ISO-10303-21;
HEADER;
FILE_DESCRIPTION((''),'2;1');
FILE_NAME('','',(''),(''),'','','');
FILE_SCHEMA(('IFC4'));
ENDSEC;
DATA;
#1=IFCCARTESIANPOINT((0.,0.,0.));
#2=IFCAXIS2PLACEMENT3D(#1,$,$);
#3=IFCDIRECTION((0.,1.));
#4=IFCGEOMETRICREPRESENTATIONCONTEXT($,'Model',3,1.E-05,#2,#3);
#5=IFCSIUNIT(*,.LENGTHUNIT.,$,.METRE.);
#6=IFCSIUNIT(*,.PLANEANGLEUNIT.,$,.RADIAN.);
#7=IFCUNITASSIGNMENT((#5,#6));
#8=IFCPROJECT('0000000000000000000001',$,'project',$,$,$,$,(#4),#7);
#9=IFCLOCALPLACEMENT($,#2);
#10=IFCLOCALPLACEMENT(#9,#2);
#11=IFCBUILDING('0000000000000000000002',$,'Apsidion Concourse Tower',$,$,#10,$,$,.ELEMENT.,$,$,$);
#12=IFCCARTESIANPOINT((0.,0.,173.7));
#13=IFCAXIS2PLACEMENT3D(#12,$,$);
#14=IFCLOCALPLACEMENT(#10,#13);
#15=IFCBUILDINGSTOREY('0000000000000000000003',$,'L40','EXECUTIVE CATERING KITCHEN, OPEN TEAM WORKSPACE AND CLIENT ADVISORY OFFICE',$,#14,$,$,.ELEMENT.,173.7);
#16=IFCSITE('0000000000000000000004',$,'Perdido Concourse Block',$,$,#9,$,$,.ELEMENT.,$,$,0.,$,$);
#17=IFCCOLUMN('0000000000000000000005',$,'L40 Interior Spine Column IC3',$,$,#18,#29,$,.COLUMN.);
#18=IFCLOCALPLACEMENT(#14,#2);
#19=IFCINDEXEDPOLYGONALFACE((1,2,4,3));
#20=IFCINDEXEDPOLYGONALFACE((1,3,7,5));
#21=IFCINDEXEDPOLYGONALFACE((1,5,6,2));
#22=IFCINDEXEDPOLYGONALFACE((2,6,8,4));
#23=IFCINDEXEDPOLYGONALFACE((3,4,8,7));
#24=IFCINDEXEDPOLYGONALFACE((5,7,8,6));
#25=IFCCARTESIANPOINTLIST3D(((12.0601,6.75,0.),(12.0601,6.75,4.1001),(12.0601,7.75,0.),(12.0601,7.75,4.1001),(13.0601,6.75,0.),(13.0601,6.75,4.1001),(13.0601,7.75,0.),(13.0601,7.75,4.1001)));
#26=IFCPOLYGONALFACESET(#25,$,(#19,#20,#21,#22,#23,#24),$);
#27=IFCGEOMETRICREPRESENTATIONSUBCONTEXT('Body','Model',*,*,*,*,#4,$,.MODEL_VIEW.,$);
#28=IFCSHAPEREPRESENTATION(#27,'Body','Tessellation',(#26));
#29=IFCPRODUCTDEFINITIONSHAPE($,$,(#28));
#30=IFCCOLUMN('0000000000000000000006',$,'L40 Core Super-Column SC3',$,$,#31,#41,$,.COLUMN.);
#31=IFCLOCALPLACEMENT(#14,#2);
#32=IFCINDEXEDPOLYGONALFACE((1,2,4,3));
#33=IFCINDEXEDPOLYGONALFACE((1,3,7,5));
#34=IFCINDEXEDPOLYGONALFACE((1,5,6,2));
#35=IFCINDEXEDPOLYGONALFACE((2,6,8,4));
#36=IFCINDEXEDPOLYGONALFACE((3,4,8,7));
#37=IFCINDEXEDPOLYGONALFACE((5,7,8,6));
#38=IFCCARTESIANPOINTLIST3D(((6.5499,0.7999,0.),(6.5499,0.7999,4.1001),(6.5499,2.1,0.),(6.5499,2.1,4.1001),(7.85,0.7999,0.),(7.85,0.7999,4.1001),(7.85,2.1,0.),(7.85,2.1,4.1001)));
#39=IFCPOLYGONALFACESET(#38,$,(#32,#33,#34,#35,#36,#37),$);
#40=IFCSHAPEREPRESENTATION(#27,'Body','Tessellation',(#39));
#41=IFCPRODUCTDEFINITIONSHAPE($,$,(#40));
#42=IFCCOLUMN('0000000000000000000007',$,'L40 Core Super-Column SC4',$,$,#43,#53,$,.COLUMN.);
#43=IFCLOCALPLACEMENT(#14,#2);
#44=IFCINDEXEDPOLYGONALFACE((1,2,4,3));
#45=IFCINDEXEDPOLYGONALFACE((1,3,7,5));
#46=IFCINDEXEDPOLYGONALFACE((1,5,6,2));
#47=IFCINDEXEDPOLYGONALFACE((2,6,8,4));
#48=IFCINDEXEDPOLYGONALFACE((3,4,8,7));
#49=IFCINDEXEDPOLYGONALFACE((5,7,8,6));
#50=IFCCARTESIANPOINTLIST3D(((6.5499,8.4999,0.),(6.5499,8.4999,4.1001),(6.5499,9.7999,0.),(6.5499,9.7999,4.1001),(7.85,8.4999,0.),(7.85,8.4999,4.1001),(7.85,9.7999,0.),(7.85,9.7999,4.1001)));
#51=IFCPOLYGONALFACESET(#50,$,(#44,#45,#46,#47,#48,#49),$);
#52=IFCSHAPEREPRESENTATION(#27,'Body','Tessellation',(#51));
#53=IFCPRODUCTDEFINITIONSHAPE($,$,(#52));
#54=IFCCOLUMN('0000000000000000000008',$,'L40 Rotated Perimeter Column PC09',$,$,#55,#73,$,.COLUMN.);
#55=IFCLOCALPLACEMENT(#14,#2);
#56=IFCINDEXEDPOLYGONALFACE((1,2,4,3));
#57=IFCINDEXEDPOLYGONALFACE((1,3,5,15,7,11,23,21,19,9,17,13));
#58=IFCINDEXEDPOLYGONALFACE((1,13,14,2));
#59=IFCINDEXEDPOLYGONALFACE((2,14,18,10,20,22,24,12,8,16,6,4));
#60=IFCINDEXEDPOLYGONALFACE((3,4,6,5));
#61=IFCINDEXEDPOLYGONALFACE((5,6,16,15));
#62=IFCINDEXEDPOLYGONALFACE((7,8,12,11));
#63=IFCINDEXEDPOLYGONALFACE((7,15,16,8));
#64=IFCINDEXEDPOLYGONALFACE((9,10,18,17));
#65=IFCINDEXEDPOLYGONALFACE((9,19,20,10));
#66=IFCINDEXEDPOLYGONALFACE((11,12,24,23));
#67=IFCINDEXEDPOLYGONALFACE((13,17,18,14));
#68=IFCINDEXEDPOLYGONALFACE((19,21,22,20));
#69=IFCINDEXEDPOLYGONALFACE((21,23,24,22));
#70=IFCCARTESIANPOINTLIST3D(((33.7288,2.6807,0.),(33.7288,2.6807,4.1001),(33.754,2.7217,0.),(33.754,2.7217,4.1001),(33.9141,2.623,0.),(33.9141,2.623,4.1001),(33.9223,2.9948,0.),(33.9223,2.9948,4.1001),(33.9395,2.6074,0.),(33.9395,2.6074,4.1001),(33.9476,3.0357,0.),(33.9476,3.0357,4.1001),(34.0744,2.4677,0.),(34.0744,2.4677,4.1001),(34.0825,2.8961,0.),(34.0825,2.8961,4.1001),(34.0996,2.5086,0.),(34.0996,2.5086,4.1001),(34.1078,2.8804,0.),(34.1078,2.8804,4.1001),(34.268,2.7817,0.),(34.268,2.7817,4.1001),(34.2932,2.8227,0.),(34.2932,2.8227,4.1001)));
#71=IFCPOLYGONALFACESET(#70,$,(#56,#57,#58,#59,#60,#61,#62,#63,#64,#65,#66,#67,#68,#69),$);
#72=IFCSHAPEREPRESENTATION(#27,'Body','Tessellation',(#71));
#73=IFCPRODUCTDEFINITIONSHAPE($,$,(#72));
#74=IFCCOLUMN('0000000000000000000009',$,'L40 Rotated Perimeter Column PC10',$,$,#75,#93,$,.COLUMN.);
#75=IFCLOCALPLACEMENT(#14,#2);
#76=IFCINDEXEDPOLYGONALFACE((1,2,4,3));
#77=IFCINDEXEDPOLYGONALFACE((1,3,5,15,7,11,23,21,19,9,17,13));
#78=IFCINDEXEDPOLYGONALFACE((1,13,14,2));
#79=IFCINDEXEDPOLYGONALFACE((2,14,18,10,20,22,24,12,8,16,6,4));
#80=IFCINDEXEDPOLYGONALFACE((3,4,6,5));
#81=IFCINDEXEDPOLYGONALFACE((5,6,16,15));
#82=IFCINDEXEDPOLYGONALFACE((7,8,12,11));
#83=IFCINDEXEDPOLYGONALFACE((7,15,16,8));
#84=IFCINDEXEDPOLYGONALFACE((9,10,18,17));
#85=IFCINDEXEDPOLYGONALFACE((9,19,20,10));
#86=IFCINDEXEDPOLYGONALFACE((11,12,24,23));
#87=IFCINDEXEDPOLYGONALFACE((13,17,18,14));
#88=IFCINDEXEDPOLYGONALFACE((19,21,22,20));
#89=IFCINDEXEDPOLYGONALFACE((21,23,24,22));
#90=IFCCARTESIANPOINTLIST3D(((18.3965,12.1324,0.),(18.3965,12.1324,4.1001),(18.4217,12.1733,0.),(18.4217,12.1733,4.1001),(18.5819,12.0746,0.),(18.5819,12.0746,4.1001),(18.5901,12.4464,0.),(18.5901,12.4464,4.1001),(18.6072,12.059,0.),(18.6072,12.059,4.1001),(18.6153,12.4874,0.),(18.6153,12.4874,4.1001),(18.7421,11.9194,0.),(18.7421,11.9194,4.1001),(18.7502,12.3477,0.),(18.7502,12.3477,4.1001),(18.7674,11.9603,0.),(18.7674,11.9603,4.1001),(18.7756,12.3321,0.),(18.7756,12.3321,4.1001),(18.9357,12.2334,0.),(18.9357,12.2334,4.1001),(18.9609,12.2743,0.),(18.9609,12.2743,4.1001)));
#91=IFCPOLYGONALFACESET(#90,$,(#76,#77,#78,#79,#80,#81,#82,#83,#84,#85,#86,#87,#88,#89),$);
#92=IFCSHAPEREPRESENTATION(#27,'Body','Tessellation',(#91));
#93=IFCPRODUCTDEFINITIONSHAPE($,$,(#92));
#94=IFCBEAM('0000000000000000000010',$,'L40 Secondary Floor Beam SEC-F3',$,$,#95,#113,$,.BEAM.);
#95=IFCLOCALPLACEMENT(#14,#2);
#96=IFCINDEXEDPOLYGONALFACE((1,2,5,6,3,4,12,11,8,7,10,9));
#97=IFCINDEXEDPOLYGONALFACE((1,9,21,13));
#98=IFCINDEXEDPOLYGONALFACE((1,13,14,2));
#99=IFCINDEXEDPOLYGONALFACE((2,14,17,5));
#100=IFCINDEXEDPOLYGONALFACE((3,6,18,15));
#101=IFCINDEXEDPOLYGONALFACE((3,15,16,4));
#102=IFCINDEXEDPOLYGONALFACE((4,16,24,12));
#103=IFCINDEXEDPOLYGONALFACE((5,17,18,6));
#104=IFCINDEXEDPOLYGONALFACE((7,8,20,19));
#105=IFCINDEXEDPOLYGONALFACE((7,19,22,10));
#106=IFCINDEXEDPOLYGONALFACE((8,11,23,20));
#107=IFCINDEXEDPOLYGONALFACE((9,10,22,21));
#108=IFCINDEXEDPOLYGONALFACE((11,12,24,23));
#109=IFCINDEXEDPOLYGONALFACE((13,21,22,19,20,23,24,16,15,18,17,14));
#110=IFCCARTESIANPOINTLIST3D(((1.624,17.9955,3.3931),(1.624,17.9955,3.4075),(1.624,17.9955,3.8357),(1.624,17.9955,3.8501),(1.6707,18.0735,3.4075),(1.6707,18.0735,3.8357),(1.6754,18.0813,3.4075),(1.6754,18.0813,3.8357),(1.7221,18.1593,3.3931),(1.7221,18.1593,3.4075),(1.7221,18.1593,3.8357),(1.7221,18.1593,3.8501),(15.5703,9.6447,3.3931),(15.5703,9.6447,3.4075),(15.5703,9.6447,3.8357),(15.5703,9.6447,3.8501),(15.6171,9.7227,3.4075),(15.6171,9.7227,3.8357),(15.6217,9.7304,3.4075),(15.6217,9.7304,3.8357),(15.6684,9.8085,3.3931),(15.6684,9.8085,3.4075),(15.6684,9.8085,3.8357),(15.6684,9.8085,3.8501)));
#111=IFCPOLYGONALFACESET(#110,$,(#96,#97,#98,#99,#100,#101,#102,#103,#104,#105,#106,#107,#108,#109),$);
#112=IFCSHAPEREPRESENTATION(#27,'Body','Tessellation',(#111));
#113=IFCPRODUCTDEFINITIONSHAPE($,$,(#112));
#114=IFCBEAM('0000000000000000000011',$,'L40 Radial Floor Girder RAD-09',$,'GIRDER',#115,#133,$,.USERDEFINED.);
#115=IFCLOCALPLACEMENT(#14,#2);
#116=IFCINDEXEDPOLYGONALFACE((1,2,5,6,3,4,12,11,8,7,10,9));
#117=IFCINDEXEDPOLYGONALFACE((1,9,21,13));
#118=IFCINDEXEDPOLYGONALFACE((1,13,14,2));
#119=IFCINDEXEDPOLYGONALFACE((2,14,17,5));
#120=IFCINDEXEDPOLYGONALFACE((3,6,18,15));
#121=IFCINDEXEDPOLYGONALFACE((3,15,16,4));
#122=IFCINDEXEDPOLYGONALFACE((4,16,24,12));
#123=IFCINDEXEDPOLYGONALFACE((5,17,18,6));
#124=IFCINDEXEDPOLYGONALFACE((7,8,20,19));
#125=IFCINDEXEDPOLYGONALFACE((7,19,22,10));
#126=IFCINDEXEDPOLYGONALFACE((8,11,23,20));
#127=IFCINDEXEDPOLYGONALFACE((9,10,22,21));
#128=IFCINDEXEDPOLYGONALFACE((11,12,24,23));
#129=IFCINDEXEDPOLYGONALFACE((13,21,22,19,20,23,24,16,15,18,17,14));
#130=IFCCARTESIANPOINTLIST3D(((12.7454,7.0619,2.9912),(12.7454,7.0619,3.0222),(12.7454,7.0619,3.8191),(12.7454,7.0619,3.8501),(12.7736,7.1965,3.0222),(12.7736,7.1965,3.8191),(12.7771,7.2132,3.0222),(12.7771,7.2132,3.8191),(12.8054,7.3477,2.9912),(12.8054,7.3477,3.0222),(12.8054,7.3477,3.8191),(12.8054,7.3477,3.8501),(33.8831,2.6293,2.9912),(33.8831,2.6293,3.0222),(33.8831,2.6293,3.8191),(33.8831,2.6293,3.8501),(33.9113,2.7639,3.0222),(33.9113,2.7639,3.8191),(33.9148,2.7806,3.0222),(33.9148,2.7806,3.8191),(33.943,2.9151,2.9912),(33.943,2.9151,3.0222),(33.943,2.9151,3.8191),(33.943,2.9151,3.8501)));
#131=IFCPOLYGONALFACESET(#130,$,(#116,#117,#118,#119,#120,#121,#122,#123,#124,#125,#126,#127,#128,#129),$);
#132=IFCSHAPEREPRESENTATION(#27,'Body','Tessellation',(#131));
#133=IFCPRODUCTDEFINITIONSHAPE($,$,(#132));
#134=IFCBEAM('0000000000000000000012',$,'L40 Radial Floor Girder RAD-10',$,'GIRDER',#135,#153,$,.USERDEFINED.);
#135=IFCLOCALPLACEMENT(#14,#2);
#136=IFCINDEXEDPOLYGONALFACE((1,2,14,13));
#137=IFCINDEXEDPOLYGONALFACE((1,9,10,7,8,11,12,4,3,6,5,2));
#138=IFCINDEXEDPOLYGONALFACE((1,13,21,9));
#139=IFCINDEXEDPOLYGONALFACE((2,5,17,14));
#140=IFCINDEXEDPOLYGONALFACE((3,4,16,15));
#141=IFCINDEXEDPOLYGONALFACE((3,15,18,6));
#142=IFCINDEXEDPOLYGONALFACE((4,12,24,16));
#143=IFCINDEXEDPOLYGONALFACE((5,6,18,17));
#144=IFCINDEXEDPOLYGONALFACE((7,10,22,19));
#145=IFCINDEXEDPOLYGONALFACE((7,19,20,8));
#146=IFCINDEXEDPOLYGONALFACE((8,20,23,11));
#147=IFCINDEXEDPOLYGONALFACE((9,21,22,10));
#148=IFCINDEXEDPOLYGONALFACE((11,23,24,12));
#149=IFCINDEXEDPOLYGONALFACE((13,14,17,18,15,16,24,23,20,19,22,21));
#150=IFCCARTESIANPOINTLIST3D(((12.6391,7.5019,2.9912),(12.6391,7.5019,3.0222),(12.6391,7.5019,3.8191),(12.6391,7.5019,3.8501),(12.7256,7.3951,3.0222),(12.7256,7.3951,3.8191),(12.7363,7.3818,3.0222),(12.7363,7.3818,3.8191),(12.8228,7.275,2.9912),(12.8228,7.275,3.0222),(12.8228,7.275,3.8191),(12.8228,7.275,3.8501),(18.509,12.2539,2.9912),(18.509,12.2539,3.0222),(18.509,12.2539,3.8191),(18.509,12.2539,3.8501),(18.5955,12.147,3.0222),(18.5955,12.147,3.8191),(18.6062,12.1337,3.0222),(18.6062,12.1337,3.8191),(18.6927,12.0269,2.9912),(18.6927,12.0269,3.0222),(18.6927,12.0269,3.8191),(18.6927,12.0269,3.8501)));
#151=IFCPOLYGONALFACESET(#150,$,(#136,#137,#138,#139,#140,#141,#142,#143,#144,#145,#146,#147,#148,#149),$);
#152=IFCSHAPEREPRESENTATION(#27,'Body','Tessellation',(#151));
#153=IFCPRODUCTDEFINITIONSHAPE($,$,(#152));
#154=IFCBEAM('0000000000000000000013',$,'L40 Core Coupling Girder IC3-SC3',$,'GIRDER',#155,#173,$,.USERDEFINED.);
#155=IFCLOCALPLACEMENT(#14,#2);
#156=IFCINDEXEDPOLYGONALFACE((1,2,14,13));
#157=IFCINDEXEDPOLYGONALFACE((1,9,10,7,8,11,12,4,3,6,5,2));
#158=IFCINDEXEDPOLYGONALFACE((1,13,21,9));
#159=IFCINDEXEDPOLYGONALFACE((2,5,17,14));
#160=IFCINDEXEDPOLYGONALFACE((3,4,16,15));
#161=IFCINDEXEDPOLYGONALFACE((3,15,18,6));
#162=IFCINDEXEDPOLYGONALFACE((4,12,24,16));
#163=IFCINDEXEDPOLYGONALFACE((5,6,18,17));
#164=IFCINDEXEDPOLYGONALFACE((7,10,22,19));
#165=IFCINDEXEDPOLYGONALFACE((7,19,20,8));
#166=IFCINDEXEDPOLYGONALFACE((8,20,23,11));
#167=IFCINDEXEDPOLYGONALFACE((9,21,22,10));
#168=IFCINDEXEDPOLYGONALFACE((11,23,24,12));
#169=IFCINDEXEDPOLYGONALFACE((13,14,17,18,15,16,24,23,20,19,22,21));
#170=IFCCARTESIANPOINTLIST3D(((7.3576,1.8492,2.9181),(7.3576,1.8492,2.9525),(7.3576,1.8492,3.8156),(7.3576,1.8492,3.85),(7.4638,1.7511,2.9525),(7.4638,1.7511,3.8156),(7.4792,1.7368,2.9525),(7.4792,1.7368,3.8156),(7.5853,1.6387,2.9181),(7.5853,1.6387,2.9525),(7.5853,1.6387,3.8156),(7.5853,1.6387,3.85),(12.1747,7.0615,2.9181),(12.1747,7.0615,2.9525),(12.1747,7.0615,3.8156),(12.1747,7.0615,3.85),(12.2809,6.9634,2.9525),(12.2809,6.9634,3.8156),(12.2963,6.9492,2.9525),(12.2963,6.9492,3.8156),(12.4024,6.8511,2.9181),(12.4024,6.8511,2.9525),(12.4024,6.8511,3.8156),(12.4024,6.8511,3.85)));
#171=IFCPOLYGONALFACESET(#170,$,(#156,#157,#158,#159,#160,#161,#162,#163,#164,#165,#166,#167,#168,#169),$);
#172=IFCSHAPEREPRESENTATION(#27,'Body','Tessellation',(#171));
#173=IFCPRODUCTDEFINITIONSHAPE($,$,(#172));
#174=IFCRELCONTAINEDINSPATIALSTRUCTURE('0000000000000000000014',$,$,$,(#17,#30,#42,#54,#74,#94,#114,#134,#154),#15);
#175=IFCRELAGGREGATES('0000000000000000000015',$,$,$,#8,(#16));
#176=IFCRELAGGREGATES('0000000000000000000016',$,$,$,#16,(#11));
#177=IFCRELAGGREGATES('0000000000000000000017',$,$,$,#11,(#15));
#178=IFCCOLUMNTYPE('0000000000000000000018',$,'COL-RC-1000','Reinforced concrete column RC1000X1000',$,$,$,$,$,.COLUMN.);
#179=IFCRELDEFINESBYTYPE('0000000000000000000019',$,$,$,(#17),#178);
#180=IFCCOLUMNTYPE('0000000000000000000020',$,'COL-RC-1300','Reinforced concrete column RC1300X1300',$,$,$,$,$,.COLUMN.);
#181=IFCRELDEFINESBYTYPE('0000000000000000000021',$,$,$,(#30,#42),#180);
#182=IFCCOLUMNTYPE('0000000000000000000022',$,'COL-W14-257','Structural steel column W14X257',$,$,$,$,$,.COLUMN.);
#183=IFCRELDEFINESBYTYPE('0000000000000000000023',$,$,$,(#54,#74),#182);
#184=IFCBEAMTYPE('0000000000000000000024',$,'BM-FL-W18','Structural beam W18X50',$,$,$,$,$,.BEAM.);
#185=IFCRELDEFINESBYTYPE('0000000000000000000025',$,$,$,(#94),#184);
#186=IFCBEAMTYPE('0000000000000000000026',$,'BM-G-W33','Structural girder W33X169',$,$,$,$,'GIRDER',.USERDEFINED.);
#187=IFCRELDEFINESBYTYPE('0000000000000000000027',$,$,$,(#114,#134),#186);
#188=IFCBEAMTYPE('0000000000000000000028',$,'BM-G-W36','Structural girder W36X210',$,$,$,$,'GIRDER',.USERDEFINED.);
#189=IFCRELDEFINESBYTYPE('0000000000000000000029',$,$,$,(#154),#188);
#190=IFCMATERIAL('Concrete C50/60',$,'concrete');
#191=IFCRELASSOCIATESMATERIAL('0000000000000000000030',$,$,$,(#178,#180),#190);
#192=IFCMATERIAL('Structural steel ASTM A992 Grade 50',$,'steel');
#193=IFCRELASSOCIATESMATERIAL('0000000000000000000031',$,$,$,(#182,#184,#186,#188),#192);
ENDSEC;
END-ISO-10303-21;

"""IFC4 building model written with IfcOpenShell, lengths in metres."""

from ifc_helpers import new_model, si_unit, direction, frame, origin, origin_2d, place, context, subcontext, project, spatial, rectangle, i_section, extrude, material, material_profile, profile_set, type_object, element, save


model = new_model("IFC4")

# Units and contexts
model_context = context("Model", 3, precision=1e-05, world=origin(), true_north=direction((0.0, 1.0)))
body_context = subcontext(model_context, "Body", "Model", "MODEL_VIEW")
ifc_project = project(units=[si_unit("LENGTHUNIT", "METRE"), si_unit("PLANEANGLEUNIT", "RADIAN")], contexts=[model_context])

# Site, building, storey
site_placement = place(None, origin())
site = spatial("IfcSite", under=ifc_project, at=site_placement, Name="Perdido Concourse Block", CompositionType="ELEMENT", RefElevation=0.0)
building_placement = place(site_placement, origin())
building = spatial("IfcBuilding", under=site, at=building_placement, Name="Apsidion Concourse Tower", CompositionType="ELEMENT")
storey_placement = place(building_placement, frame((0.0, 0.0, 173.7)))
storey = spatial("IfcBuildingStorey", under=building, at=storey_placement, Name="L40", Description="EXECUTIVE CATERING KITCHEN, OPEN TEAM WORKSPACE AND CLIENT ADVISORY OFFICE", CompositionType="ELEMENT", Elevation=173.7)

# Columns
ifc_material_1 = material(Name="Concrete C50/60", Category="concrete")
ifc_material_profile_1 = material_profile(ifc_material_1, rectangle(XDim=1.0, YDim=1.0, at=origin_2d()), Name="RC 1000x1000")
ifc_profile_set_1 = profile_set([ifc_material_profile_1], Name="Concrete C50/60")
column_type_1 = type_object("IfcColumnType", Name="COL-RC-1000", Description="Reinforced concrete column RC1000X1000", PredefinedType="COLUMN", material=ifc_profile_set_1)
column_placement = place(storey_placement, frame((12.5601, 7.25, 0.0), z_axis=(0.0, 0.0, 1.0), x_axis=(1.0, 0.0, 0.0)))
element("IfcColumn", 1, at=column_placement, inside=storey, type_object=column_type_1, Name="L40 Interior Spine Column IC3", PredefinedType="COLUMN", context=body_context, shape_type="SweptSolid", body=[
    extrude(rectangle(XDim=1.0, YDim=1.0, at=origin_2d()), origin(), (0.0, 0.0, 1.0), 4.1001),
])
ifc_material_profile_2 = material_profile(ifc_material_1, rectangle(XDim=1.3, YDim=1.3, at=origin_2d()), Name="RC 1300x1300")
ifc_profile_set_2 = profile_set([ifc_material_profile_2], Name="Concrete C50/60")
column_type_2 = type_object("IfcColumnType", Name="COL-RC-1300", Description="Reinforced concrete column RC1300X1300", PredefinedType="COLUMN", material=ifc_profile_set_2)
for number, where, z_axis, x_axis, name in (
    (2, (7.2, 1.45, 0.0), (0.0, 0.0, 1.0), (1.0, 0.0, 0.0), "L40 Core Super-Column SC3"),
    (3, (7.2, 9.1499, 0.0), (0.0, 0.0, 1.0), (1.0, 0.0, 0.0), "L40 Core Super-Column SC4"),
):
    element("IfcColumn", number, at=place(storey_placement, frame(where, z_axis=z_axis, x_axis=x_axis)), inside=storey, type_object=column_type_2, Name=name, PredefinedType="COLUMN", context=body_context, shape_type="SweptSolid", body=[
        extrude(rectangle(XDim=1.3, YDim=1.3, at=origin_2d()), origin(), (0.0, 0.0, 1.0), 4.1001),
    ])
ifc_material_2 = material(Name="Structural steel ASTM A992 Grade 50", Category="steel")
ifc_material_profile_3 = material_profile(ifc_material_2, i_section(OverallWidth=0.406, OverallDepth=0.417, WebThickness=0.0298, FlangeThickness=0.0481, at=origin_2d()), Name="W14X257")
ifc_profile_set_3 = profile_set([ifc_material_profile_3], Name="Structural steel ASTM A992 Grade 50")
column_type_3 = type_object("IfcColumnType", Name="COL-W14-257", Description="Structural steel column W14X257", PredefinedType="COLUMN", material=ifc_profile_set_3)
for number, where, z_axis, x_axis, name in (
    (4, (34.011, 2.7517, 0.0), (0.0, 0.0, 1.0), (-0.851269, 0.524729, 0.0), "L40 Rotated Perimeter Column PC09"),
    (5, (18.6787, 12.2034, 0.0), (0.0, 0.0, 1.0), (-0.851269, 0.524729, 0.0), "L40 Rotated Perimeter Column PC10"),
):
    element("IfcColumn", number, at=place(storey_placement, frame(where, z_axis=z_axis, x_axis=x_axis)), inside=storey, type_object=column_type_3, Name=name, PredefinedType="COLUMN", context=body_context, shape_type="SweptSolid", body=[
        extrude(i_section(OverallWidth=0.406, OverallDepth=0.417, WebThickness=0.0298, FlangeThickness=0.0481, at=origin_2d()), origin(), (0.0, 0.0, 1.0), 4.1001),
    ])

# Beams
ifc_material_profile_4 = material_profile(ifc_material_2, i_section(OverallWidth=0.1909, OverallDepth=0.457, WebThickness=0.009, FlangeThickness=0.0144, at=origin_2d()), Name="W18X50")
ifc_profile_set_4 = profile_set([ifc_material_profile_4], Name="Structural steel ASTM A992 Grade 50")
beam_type_1 = type_object("IfcBeamType", Name="BM-FL-W18", Description="Structural beam W18X50", PredefinedType="BEAM", material=ifc_profile_set_4)
beam_1_placement = place(storey_placement, frame((15.6194, 9.7266, 3.6216), z_axis=(-0.857952, 0.513729, 0.0), x_axis=(-0.513729, -0.857952, 0.0)))
element("IfcBeam", 6, at=beam_1_placement, inside=storey, type_object=beam_type_1, Name="L40 Secondary Floor Beam SEC-F3", PredefinedType="BEAM", context=body_context, shape_type="SweptSolid", body=[
    extrude(i_section(OverallWidth=0.1909, OverallDepth=0.457, WebThickness=0.009, FlangeThickness=0.0144, at=origin_2d()), origin(), (0.0, 0.0, 1.0), 16.2554),
])
ifc_material_profile_5 = material_profile(ifc_material_2, i_section(OverallWidth=0.292, OverallDepth=0.8589, WebThickness=0.0171, FlangeThickness=0.031, at=origin_2d()), Name="W33X169")
ifc_profile_set_5 = profile_set([ifc_material_profile_5], Name="Structural steel ASTM A992 Grade 50")
beam_type_2 = type_object("IfcBeamType", Name="BM-G-W33", Description="Structural girder W33X169", ElementType="GIRDER", PredefinedType="USERDEFINED", material=ifc_profile_set_5)
beam_2_placement = place(storey_placement, frame((12.7754, 7.2048, 3.4207), z_axis=(0.978712, -0.205238, 0.0), x_axis=(0.205238, 0.978712, 0.0)))
element("IfcBeam", 7, at=beam_2_placement, inside=storey, type_object=beam_type_2, Name="L40 Radial Floor Girder RAD-09", ObjectType="GIRDER", PredefinedType="USERDEFINED", context=body_context, shape_type="SweptSolid", body=[
    extrude(i_section(OverallWidth=0.292, OverallDepth=0.8589, WebThickness=0.0171, FlangeThickness=0.031, at=origin_2d()), origin(), (0.0, 0.0, 1.0), 21.5974),
])
beam_3_placement = place(storey_placement, frame((12.731, 7.3884, 3.4207), z_axis=(0.777235, 0.62921, 0.0), x_axis=(-0.62921, 0.777235, 0.0)))
element("IfcBeam", 8, at=beam_3_placement, inside=storey, type_object=beam_type_2, Name="L40 Radial Floor Girder RAD-10", ObjectType="GIRDER", PredefinedType="USERDEFINED", context=body_context, shape_type="SweptSolid", body=[
    extrude(i_section(OverallWidth=0.292, OverallDepth=0.8589, WebThickness=0.0171, FlangeThickness=0.031, at=origin_2d()), origin(), (0.0, 0.0, 1.0), 7.5522),
])
ifc_material_profile_6 = material_profile(ifc_material_2, i_section(OverallWidth=0.3101, OverallDepth=0.9319, WebThickness=0.021, FlangeThickness=0.0344, at=origin_2d()), Name="W36X210")
ifc_profile_set_6 = profile_set([ifc_material_profile_6], Name="Structural steel ASTM A992 Grade 50")
beam_type_3 = type_object("IfcBeamType", Name="BM-G-W36", Description="Structural girder W36X210", ElementType="GIRDER", PredefinedType="USERDEFINED", material=ifc_profile_set_6)
beam_4_placement = place(storey_placement, frame((12.2886, 6.9563, 3.384), z_axis=(-0.678713, -0.734404, 0.0), x_axis=(0.734404, -0.678713, 0.0)))
element("IfcBeam", 9, at=beam_4_placement, inside=storey, type_object=beam_type_3, Name="L40 Core Coupling Girder IC3-SC3", ObjectType="GIRDER", PredefinedType="USERDEFINED", context=body_context, shape_type="SweptSolid", body=[
    extrude(i_section(OverallWidth=0.3101, OverallDepth=0.9319, WebThickness=0.021, FlangeThickness=0.0344, at=origin_2d()), origin(), (0.0, 0.0, 1.0), 7.0974),
])

save(model, "model.ifc")
